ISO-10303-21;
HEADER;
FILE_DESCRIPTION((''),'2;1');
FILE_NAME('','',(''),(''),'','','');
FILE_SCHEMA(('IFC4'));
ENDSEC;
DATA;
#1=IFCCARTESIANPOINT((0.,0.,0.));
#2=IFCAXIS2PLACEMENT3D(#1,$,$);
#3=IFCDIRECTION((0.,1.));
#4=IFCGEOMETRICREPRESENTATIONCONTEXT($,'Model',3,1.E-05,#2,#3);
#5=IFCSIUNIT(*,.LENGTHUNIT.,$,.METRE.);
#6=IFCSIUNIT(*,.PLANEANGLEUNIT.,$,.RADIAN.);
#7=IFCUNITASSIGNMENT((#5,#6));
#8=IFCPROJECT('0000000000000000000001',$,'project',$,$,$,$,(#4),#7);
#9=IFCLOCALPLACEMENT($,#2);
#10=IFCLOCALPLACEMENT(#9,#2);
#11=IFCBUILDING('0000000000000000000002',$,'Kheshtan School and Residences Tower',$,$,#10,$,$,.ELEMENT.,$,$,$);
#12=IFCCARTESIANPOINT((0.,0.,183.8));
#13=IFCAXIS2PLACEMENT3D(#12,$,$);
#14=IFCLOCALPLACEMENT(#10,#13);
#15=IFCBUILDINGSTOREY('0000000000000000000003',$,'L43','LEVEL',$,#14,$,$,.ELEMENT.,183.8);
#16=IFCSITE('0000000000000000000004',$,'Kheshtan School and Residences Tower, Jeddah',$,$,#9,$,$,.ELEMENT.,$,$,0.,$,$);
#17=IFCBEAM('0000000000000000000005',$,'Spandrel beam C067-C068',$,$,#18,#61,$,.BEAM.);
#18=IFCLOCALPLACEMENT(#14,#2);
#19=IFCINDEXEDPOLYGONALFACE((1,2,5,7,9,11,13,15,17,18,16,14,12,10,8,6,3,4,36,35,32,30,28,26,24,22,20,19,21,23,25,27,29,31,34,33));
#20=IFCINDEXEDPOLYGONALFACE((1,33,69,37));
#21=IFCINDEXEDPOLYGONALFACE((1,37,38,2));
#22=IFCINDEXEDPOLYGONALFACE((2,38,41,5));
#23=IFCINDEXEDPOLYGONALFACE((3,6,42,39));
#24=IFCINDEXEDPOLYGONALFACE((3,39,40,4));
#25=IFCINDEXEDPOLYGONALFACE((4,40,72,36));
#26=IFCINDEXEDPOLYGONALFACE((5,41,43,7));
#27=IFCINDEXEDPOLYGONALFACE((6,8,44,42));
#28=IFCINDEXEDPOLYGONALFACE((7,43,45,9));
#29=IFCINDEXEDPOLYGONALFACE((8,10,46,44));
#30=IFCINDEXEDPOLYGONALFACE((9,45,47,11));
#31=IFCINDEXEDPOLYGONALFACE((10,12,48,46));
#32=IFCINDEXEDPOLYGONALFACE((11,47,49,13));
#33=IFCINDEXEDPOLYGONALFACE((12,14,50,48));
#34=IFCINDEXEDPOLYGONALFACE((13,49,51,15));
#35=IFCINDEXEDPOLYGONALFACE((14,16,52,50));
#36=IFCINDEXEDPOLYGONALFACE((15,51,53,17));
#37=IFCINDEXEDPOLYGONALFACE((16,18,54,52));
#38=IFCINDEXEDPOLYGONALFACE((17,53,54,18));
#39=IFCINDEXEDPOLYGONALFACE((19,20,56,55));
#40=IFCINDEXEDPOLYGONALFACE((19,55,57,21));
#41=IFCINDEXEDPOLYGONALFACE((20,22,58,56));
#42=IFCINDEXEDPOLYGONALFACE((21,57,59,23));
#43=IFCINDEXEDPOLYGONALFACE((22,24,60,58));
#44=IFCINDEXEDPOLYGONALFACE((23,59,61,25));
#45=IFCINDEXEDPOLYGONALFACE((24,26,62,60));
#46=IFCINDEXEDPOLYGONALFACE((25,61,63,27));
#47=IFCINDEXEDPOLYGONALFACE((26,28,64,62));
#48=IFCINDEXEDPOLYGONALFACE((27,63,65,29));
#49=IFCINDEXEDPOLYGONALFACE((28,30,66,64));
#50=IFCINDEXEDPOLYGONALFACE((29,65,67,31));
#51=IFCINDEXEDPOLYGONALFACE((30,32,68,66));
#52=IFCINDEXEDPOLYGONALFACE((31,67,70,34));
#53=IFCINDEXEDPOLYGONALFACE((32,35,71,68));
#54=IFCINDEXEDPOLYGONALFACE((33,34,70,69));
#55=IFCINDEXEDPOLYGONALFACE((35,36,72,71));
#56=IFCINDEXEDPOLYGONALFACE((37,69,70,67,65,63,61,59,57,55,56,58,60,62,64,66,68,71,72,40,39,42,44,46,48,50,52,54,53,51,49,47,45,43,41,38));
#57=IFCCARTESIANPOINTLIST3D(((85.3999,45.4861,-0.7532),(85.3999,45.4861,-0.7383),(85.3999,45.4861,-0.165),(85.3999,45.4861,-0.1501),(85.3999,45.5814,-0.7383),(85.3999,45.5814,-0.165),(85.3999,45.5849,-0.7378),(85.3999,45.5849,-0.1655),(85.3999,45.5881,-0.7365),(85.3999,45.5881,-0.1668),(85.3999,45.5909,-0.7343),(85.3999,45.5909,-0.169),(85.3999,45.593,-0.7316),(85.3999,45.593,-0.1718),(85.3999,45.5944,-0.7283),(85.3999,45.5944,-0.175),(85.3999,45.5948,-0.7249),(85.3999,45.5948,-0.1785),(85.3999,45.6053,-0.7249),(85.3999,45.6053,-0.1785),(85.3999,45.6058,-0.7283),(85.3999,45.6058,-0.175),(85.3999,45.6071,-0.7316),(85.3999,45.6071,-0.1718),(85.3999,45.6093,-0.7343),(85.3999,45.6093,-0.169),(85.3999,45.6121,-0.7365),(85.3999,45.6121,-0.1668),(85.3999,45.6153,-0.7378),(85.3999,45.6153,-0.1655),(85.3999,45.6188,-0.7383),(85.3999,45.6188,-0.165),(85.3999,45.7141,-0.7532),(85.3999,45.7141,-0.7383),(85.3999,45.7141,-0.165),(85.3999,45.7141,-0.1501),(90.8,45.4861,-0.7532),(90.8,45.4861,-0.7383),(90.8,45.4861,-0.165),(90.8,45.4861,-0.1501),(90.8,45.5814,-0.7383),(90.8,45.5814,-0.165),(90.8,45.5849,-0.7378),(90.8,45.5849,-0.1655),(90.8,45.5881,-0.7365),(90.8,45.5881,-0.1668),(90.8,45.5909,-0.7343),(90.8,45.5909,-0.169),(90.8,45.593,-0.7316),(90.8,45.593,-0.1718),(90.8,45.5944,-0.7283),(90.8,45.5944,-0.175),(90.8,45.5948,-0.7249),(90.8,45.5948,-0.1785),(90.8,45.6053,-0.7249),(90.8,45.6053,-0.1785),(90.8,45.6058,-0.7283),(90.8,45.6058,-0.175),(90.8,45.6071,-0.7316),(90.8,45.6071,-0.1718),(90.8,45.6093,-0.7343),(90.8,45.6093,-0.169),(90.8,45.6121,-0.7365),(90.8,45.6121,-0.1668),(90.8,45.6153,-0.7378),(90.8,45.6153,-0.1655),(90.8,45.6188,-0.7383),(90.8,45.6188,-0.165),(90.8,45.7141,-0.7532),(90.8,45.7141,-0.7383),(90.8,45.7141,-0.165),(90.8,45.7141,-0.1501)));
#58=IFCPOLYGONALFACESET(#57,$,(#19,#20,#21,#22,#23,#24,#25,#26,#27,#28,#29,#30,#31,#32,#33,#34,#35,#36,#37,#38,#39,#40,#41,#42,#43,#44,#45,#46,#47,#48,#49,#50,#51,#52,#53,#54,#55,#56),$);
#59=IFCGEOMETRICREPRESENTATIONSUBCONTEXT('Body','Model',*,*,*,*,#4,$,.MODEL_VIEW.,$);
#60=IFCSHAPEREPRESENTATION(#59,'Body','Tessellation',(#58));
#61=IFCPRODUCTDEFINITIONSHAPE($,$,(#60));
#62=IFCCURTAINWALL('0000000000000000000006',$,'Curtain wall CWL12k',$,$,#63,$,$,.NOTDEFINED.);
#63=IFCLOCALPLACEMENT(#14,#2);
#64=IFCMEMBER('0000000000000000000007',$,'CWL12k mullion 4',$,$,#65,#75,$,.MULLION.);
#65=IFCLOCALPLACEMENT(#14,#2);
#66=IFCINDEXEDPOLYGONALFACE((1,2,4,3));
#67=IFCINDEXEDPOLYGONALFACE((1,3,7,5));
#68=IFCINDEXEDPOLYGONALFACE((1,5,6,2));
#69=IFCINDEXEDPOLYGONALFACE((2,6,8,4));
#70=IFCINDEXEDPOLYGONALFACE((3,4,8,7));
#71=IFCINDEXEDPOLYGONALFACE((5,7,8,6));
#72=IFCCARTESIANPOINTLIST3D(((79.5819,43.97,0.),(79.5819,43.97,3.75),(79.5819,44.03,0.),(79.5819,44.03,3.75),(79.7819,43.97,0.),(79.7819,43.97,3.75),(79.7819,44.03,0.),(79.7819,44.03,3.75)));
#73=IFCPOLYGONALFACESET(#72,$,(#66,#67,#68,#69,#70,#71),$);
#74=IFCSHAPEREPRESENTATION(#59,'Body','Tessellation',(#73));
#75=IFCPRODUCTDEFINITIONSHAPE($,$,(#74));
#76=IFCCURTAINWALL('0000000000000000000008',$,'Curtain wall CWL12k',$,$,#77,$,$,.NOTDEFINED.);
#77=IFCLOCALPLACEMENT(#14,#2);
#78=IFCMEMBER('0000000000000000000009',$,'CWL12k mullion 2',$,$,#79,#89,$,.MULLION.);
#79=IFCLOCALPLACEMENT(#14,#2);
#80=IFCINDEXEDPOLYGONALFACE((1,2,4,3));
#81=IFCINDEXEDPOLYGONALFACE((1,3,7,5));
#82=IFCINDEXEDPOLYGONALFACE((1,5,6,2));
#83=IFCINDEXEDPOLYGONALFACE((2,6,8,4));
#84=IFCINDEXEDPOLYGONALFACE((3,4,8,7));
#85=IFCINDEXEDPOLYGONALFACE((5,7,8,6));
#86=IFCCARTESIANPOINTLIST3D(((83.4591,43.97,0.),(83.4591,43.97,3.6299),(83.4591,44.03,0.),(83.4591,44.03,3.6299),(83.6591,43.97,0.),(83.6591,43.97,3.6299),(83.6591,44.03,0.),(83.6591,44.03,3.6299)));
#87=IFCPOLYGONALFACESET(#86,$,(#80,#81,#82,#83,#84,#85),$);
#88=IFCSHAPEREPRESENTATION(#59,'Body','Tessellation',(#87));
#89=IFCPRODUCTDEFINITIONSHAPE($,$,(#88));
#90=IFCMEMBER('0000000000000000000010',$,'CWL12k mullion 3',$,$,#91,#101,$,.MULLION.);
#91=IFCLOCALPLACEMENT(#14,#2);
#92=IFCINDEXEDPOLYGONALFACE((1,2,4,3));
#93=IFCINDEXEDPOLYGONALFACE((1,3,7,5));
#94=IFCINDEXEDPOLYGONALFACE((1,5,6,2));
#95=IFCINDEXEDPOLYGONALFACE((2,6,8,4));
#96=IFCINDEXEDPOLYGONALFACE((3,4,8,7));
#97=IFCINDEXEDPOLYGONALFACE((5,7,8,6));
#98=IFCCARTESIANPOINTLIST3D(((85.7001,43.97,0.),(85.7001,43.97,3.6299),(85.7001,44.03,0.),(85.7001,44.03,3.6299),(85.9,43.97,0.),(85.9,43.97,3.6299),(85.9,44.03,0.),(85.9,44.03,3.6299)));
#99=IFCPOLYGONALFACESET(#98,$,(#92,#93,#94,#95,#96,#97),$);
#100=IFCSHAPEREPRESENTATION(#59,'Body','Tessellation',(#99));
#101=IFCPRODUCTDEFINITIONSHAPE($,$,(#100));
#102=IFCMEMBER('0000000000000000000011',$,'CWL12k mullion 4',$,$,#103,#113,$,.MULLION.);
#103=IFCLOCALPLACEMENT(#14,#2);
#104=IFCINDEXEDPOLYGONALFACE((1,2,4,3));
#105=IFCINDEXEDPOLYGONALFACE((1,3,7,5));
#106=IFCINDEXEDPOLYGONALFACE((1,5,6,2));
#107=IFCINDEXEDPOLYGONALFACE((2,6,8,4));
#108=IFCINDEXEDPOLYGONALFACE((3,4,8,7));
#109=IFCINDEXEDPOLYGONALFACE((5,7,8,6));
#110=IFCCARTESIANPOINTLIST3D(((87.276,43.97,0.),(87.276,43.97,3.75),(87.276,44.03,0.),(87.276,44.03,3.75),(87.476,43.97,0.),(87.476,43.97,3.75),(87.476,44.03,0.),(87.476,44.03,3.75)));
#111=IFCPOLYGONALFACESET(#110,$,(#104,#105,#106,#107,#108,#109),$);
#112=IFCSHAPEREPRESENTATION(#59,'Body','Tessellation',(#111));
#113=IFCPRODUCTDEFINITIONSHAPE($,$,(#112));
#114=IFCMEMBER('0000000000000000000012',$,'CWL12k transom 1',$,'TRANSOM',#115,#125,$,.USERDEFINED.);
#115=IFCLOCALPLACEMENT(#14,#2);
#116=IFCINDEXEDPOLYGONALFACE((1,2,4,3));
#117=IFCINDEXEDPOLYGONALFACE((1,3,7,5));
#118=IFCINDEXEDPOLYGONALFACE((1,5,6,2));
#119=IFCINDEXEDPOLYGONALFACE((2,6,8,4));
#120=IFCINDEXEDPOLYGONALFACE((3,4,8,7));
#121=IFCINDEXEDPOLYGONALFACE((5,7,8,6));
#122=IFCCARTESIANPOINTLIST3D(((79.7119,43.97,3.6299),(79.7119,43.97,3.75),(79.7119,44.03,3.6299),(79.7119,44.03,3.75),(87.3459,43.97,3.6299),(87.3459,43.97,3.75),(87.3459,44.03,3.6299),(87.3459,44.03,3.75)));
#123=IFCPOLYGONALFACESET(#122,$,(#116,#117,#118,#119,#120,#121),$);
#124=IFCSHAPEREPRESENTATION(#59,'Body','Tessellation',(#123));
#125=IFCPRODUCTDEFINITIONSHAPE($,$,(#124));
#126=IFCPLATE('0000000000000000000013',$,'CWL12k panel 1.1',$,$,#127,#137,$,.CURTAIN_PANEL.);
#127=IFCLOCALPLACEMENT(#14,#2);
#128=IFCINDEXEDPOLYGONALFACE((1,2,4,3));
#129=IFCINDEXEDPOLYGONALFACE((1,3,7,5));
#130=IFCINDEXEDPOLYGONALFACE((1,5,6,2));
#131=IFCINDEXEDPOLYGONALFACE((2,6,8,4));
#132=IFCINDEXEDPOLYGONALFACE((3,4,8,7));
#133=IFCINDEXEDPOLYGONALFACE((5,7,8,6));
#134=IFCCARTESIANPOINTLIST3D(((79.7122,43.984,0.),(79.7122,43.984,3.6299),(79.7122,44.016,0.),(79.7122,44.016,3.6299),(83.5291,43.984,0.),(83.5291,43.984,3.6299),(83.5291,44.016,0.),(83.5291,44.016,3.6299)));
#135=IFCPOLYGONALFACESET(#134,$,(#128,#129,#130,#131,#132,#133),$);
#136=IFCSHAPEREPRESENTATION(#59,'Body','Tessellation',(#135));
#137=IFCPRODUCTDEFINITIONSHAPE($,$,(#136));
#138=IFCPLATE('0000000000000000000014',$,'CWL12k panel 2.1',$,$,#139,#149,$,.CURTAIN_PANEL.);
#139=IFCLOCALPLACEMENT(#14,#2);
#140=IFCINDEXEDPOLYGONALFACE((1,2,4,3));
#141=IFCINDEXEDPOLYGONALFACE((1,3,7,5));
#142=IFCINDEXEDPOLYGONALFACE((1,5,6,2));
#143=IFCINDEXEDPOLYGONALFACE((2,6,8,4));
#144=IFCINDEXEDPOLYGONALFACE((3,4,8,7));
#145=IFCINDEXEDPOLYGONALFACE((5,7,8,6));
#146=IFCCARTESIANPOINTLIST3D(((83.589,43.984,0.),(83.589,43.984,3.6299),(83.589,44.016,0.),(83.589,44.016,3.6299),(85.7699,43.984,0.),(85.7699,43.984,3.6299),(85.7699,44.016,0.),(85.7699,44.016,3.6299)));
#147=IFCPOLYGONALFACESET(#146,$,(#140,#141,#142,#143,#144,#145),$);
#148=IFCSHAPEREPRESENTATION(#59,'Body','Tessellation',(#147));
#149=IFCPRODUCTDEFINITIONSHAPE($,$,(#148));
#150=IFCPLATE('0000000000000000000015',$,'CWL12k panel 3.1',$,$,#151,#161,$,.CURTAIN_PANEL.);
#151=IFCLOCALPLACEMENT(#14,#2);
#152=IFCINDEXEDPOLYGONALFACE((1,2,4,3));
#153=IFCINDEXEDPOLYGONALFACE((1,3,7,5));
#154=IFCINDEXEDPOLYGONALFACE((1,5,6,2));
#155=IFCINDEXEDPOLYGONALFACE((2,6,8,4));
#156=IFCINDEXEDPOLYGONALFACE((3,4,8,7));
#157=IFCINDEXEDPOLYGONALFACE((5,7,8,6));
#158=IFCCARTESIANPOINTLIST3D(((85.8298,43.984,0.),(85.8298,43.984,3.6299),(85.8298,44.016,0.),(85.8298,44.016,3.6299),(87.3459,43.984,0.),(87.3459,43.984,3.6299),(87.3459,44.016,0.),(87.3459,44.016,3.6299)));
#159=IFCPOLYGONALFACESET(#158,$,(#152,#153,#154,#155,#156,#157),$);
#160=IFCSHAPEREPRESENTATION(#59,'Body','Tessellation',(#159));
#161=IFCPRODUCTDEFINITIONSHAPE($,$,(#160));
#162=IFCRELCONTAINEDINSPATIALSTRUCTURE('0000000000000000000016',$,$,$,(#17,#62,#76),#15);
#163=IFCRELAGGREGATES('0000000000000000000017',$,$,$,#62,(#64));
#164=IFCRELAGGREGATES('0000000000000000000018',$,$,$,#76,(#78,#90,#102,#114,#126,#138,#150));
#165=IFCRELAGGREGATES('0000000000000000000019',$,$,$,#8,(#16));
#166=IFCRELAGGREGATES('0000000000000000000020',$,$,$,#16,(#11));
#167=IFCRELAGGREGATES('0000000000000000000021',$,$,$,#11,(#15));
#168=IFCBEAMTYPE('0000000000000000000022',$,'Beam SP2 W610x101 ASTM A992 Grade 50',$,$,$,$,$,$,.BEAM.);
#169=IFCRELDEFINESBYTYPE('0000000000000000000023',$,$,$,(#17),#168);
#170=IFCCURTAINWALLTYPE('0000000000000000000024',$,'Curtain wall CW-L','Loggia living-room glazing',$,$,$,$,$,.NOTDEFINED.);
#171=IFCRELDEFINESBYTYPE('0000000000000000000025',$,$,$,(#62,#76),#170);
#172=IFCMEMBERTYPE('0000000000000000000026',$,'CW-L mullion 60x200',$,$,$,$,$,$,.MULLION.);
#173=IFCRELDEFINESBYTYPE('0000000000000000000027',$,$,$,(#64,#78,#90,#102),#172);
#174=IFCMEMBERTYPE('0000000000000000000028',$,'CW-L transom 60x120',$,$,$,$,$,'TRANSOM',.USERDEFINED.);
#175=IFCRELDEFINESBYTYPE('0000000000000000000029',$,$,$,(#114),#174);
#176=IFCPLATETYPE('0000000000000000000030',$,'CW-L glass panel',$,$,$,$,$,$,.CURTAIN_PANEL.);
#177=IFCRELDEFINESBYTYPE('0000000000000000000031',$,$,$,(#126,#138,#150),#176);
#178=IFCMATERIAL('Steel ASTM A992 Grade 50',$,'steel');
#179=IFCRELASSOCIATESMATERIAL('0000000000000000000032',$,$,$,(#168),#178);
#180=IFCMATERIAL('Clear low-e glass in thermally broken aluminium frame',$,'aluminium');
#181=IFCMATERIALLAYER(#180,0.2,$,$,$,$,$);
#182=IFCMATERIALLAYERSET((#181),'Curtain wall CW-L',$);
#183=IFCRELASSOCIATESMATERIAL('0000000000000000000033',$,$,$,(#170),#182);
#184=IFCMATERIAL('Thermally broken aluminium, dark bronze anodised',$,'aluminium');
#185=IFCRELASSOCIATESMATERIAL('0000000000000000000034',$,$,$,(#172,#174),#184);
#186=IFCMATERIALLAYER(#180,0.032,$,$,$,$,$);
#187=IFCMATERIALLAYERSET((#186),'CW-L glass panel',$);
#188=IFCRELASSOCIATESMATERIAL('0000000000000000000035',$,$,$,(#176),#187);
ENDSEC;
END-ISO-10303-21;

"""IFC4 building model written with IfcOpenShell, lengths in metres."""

from ifc_helpers import new_model, si_unit, direction, frame, origin, origin_2d, place, context, subcontext, project, spatial, rectangle, i_section, extrude, material, layer, layer_set, material_profile, profile_set, type_object, element, aggregate, save


model = new_model("IFC4")

# Units and contexts
model_context = context("Model", 3, precision=1e-05, world=origin(), true_north=direction((0.0, 1.0)))
body_context = subcontext(model_context, "Body", "Model", "MODEL_VIEW")
ifc_project = project(units=[si_unit("LENGTHUNIT", "METRE"), si_unit("PLANEANGLEUNIT", "RADIAN")], contexts=[model_context])

# Site, building, storey
site_placement = place(None, origin())
site = spatial("IfcSite", under=ifc_project, at=site_placement, Name="Kheshtan School and Residences Tower, Jeddah", CompositionType="ELEMENT", RefElevation=0.0)
building_placement = place(site_placement, origin())
building = spatial("IfcBuilding", under=site, at=building_placement, Name="Kheshtan School and Residences Tower", CompositionType="ELEMENT")
storey_placement = place(building_placement, frame((0.0, 0.0, 183.8)))
storey = spatial("IfcBuildingStorey", under=building, at=storey_placement, Name="L43", Description="LEVEL", CompositionType="ELEMENT", Elevation=183.8)

# Shared definitions
ifc_material_1 = material(Name="Steel ASTM A992 Grade 50", Category="steel")

# Beam
ifc_material_profile_1 = material_profile(ifc_material_1, i_section(OverallWidth=0.228, OverallDepth=0.603, WebThickness=0.0105, FlangeThickness=0.0149, FilletRadius=0.0134, at=origin_2d()), Name="W610x101")
ifc_profile_set_1 = profile_set([ifc_material_profile_1], Name="Steel ASTM A992 Grade 50")
beam_type_1 = type_object("IfcBeamType", Name="Beam SP2 W610x101 ASTM A992 Grade 50", PredefinedType="BEAM", material=ifc_profile_set_1)
beam_1_placement = place(storey_placement, frame((85.3999, 45.6001, -0.4517), z_axis=(1.0, 0.0, 0.0), x_axis=(0.0, 1.0, 0.0)))
element("IfcBeam", 1, at=beam_1_placement, inside=storey, type_object=beam_type_1, Name="Spandrel beam C067-C068", PredefinedType="BEAM", context=body_context, shape_type="SweptSolid", body=[
    extrude(i_section(OverallWidth=0.228, OverallDepth=0.603, WebThickness=0.0105, FlangeThickness=0.0149, FilletRadius=0.0134, at=origin_2d()), origin(), (0.0, 0.0, 1.0), 5.4001),
])

# Curtain wall, member
ifc_material_2 = material(Name="Clear low-e glass in thermally broken aluminium frame", Category="aluminium")
ifc_layer_1 = layer(ifc_material_2, 0.2)
ifc_layer_set_1 = layer_set([ifc_layer_1], Name="Curtain wall CW-L")
curtain_wall_type = type_object("IfcCurtainWallType", Name="Curtain wall CW-L", Description="Loggia living-room glazing", PredefinedType="NOTDEFINED", material=ifc_layer_set_1)
curtain_wall_1_placement = place(storey_placement, origin())
curtain_wall_1 = element("IfcCurtainWall", 2, at=curtain_wall_1_placement, inside=storey, type_object=curtain_wall_type, Name="Curtain wall CWL12k", PredefinedType="NOTDEFINED")
ifc_material_3 = material(Name="Thermally broken aluminium, dark bronze anodised", Category="aluminium")
ifc_material_profile_2 = material_profile(ifc_material_3, rectangle(XDim=0.0601, YDim=0.2, at=origin_2d()), Name="CW-L mullion 60x200")
ifc_profile_set_2 = profile_set([ifc_material_profile_2], Name="Thermally broken aluminium, dark bronze anodised")
member_type_1 = type_object("IfcMemberType", Name="CW-L mullion 60x200", PredefinedType="MULLION", material=ifc_profile_set_2)
member_1_placement = place(storey_placement, frame((79.6819, 44.0, 0.0), z_axis=(0.0, 0.0, 1.0), x_axis=(0.0, 1.0, 0.0)))
member_1 = element("IfcMember", 3, at=member_1_placement, type_object=member_type_1, Name="CWL12k mullion 4", PredefinedType="MULLION", context=body_context, shape_type="SweptSolid", body=[
    extrude(rectangle(XDim=0.0601, YDim=0.2, at=origin_2d()), origin(), (0.0, 0.0, 1.0), 3.75),
])
aggregate(curtain_wall_1, [member_1])

# Curtain wall, members, plates
curtain_wall_2_placement = place(storey_placement, origin())
curtain_wall_2 = element("IfcCurtainWall", 4, at=curtain_wall_2_placement, inside=storey, type_object=curtain_wall_type, Name="Curtain wall CWL12k", PredefinedType="NOTDEFINED")
member_2_placement = place(storey_placement, frame((83.5591, 44.0, 0.0), z_axis=(0.0, 0.0, 1.0), x_axis=(0.0, 1.0, 0.0)))
member_2 = element("IfcMember", 5, at=member_2_placement, type_object=member_type_1, Name="CWL12k mullion 2", PredefinedType="MULLION", context=body_context, shape_type="SweptSolid", body=[
    extrude(rectangle(XDim=0.0601, YDim=0.2, at=origin_2d()), origin(), (0.0, 0.0, 1.0), 3.6299),
])
member_3_placement = place(storey_placement, frame((85.8, 44.0, 0.0), z_axis=(0.0, 0.0, 1.0), x_axis=(0.0, 1.0, 0.0)))
member_3 = element("IfcMember", 6, at=member_3_placement, type_object=member_type_1, Name="CWL12k mullion 3", PredefinedType="MULLION", context=body_context, shape_type="SweptSolid", body=[
    extrude(rectangle(XDim=0.0601, YDim=0.2, at=origin_2d()), origin(), (0.0, 0.0, 1.0), 3.6299),
])
member_4_placement = place(storey_placement, frame((87.376, 44.0, 0.0), z_axis=(0.0, 0.0, 1.0), x_axis=(0.0, 1.0, 0.0)))
member_4 = element("IfcMember", 7, at=member_4_placement, type_object=member_type_1, Name="CWL12k mullion 4", PredefinedType="MULLION", context=body_context, shape_type="SweptSolid", body=[
    extrude(rectangle(XDim=0.0601, YDim=0.2, at=origin_2d()), origin(), (0.0, 0.0, 1.0), 3.75),
])
ifc_material_profile_3 = material_profile(ifc_material_3, rectangle(XDim=0.0601, YDim=0.1201, at=origin_2d()), Name="CW-L transom 60x120")
ifc_profile_set_3 = profile_set([ifc_material_profile_3], Name="Thermally broken aluminium, dark bronze anodised")
member_type_2 = type_object("IfcMemberType", Name="CW-L transom 60x120", ElementType="TRANSOM", PredefinedType="USERDEFINED", material=ifc_profile_set_3)
member_5_placement = place(storey_placement, frame((79.7119, 44.0, 3.6899), z_axis=(1.0, 0.0, 0.0), x_axis=(0.0, 1.0, 0.0)))
member_5 = element("IfcMember", 8, at=member_5_placement, type_object=member_type_2, Name="CWL12k transom 1", ObjectType="TRANSOM", PredefinedType="USERDEFINED", context=body_context, shape_type="SweptSolid", body=[
    extrude(rectangle(XDim=0.0601, YDim=0.1201, at=origin_2d()), origin(), (0.0, 0.0, 1.0), 7.634),
])
ifc_layer_2 = layer(ifc_material_2, 0.032)
ifc_layer_set_2 = layer_set([ifc_layer_2], Name="CW-L glass panel")
plate_type = type_object("IfcPlateType", Name="CW-L glass panel", PredefinedType="CURTAIN_PANEL", material=ifc_layer_set_2)
plate_1_placement = place(storey_placement, frame((81.6206, 44.0, 0.0), z_axis=(0.0, 0.0, 1.0), x_axis=(1.0, 0.0, 0.0)))
plate_1 = element("IfcPlate", 9, at=plate_1_placement, type_object=plate_type, Name="CWL12k panel 1.1", PredefinedType="CURTAIN_PANEL", context=body_context, shape_type="SweptSolid", body=[
    extrude(rectangle(XDim=3.8169, YDim=0.032, at=origin_2d()), origin(), (0.0, 0.0, 1.0), 3.6299),
])
plate_2_placement = place(storey_placement, frame((84.6794, 44.0, 0.0), z_axis=(0.0, 0.0, 1.0), x_axis=(1.0, 0.0, 0.0)))
plate_2 = element("IfcPlate", 10, at=plate_2_placement, type_object=plate_type, Name="CWL12k panel 2.1", PredefinedType="CURTAIN_PANEL", context=body_context, shape_type="SweptSolid", body=[
    extrude(rectangle(XDim=2.1809, YDim=0.032, at=origin_2d()), origin(), (0.0, 0.0, 1.0), 3.6299),
])
plate_3_placement = place(storey_placement, frame((86.5879, 44.0, 0.0), z_axis=(0.0, 0.0, 1.0), x_axis=(1.0, 0.0, 0.0)))
plate_3 = element("IfcPlate", 11, at=plate_3_placement, type_object=plate_type, Name="CWL12k panel 3.1", PredefinedType="CURTAIN_PANEL", context=body_context, shape_type="SweptSolid", body=[
    extrude(rectangle(XDim=1.5161, YDim=0.032, at=origin_2d()), origin(), (0.0, 0.0, 1.0), 3.6299),
])
aggregate(curtain_wall_2, [member_2, member_3, member_4, member_5, plate_1, plate_2, plate_3])

save(model, "model.ifc")
